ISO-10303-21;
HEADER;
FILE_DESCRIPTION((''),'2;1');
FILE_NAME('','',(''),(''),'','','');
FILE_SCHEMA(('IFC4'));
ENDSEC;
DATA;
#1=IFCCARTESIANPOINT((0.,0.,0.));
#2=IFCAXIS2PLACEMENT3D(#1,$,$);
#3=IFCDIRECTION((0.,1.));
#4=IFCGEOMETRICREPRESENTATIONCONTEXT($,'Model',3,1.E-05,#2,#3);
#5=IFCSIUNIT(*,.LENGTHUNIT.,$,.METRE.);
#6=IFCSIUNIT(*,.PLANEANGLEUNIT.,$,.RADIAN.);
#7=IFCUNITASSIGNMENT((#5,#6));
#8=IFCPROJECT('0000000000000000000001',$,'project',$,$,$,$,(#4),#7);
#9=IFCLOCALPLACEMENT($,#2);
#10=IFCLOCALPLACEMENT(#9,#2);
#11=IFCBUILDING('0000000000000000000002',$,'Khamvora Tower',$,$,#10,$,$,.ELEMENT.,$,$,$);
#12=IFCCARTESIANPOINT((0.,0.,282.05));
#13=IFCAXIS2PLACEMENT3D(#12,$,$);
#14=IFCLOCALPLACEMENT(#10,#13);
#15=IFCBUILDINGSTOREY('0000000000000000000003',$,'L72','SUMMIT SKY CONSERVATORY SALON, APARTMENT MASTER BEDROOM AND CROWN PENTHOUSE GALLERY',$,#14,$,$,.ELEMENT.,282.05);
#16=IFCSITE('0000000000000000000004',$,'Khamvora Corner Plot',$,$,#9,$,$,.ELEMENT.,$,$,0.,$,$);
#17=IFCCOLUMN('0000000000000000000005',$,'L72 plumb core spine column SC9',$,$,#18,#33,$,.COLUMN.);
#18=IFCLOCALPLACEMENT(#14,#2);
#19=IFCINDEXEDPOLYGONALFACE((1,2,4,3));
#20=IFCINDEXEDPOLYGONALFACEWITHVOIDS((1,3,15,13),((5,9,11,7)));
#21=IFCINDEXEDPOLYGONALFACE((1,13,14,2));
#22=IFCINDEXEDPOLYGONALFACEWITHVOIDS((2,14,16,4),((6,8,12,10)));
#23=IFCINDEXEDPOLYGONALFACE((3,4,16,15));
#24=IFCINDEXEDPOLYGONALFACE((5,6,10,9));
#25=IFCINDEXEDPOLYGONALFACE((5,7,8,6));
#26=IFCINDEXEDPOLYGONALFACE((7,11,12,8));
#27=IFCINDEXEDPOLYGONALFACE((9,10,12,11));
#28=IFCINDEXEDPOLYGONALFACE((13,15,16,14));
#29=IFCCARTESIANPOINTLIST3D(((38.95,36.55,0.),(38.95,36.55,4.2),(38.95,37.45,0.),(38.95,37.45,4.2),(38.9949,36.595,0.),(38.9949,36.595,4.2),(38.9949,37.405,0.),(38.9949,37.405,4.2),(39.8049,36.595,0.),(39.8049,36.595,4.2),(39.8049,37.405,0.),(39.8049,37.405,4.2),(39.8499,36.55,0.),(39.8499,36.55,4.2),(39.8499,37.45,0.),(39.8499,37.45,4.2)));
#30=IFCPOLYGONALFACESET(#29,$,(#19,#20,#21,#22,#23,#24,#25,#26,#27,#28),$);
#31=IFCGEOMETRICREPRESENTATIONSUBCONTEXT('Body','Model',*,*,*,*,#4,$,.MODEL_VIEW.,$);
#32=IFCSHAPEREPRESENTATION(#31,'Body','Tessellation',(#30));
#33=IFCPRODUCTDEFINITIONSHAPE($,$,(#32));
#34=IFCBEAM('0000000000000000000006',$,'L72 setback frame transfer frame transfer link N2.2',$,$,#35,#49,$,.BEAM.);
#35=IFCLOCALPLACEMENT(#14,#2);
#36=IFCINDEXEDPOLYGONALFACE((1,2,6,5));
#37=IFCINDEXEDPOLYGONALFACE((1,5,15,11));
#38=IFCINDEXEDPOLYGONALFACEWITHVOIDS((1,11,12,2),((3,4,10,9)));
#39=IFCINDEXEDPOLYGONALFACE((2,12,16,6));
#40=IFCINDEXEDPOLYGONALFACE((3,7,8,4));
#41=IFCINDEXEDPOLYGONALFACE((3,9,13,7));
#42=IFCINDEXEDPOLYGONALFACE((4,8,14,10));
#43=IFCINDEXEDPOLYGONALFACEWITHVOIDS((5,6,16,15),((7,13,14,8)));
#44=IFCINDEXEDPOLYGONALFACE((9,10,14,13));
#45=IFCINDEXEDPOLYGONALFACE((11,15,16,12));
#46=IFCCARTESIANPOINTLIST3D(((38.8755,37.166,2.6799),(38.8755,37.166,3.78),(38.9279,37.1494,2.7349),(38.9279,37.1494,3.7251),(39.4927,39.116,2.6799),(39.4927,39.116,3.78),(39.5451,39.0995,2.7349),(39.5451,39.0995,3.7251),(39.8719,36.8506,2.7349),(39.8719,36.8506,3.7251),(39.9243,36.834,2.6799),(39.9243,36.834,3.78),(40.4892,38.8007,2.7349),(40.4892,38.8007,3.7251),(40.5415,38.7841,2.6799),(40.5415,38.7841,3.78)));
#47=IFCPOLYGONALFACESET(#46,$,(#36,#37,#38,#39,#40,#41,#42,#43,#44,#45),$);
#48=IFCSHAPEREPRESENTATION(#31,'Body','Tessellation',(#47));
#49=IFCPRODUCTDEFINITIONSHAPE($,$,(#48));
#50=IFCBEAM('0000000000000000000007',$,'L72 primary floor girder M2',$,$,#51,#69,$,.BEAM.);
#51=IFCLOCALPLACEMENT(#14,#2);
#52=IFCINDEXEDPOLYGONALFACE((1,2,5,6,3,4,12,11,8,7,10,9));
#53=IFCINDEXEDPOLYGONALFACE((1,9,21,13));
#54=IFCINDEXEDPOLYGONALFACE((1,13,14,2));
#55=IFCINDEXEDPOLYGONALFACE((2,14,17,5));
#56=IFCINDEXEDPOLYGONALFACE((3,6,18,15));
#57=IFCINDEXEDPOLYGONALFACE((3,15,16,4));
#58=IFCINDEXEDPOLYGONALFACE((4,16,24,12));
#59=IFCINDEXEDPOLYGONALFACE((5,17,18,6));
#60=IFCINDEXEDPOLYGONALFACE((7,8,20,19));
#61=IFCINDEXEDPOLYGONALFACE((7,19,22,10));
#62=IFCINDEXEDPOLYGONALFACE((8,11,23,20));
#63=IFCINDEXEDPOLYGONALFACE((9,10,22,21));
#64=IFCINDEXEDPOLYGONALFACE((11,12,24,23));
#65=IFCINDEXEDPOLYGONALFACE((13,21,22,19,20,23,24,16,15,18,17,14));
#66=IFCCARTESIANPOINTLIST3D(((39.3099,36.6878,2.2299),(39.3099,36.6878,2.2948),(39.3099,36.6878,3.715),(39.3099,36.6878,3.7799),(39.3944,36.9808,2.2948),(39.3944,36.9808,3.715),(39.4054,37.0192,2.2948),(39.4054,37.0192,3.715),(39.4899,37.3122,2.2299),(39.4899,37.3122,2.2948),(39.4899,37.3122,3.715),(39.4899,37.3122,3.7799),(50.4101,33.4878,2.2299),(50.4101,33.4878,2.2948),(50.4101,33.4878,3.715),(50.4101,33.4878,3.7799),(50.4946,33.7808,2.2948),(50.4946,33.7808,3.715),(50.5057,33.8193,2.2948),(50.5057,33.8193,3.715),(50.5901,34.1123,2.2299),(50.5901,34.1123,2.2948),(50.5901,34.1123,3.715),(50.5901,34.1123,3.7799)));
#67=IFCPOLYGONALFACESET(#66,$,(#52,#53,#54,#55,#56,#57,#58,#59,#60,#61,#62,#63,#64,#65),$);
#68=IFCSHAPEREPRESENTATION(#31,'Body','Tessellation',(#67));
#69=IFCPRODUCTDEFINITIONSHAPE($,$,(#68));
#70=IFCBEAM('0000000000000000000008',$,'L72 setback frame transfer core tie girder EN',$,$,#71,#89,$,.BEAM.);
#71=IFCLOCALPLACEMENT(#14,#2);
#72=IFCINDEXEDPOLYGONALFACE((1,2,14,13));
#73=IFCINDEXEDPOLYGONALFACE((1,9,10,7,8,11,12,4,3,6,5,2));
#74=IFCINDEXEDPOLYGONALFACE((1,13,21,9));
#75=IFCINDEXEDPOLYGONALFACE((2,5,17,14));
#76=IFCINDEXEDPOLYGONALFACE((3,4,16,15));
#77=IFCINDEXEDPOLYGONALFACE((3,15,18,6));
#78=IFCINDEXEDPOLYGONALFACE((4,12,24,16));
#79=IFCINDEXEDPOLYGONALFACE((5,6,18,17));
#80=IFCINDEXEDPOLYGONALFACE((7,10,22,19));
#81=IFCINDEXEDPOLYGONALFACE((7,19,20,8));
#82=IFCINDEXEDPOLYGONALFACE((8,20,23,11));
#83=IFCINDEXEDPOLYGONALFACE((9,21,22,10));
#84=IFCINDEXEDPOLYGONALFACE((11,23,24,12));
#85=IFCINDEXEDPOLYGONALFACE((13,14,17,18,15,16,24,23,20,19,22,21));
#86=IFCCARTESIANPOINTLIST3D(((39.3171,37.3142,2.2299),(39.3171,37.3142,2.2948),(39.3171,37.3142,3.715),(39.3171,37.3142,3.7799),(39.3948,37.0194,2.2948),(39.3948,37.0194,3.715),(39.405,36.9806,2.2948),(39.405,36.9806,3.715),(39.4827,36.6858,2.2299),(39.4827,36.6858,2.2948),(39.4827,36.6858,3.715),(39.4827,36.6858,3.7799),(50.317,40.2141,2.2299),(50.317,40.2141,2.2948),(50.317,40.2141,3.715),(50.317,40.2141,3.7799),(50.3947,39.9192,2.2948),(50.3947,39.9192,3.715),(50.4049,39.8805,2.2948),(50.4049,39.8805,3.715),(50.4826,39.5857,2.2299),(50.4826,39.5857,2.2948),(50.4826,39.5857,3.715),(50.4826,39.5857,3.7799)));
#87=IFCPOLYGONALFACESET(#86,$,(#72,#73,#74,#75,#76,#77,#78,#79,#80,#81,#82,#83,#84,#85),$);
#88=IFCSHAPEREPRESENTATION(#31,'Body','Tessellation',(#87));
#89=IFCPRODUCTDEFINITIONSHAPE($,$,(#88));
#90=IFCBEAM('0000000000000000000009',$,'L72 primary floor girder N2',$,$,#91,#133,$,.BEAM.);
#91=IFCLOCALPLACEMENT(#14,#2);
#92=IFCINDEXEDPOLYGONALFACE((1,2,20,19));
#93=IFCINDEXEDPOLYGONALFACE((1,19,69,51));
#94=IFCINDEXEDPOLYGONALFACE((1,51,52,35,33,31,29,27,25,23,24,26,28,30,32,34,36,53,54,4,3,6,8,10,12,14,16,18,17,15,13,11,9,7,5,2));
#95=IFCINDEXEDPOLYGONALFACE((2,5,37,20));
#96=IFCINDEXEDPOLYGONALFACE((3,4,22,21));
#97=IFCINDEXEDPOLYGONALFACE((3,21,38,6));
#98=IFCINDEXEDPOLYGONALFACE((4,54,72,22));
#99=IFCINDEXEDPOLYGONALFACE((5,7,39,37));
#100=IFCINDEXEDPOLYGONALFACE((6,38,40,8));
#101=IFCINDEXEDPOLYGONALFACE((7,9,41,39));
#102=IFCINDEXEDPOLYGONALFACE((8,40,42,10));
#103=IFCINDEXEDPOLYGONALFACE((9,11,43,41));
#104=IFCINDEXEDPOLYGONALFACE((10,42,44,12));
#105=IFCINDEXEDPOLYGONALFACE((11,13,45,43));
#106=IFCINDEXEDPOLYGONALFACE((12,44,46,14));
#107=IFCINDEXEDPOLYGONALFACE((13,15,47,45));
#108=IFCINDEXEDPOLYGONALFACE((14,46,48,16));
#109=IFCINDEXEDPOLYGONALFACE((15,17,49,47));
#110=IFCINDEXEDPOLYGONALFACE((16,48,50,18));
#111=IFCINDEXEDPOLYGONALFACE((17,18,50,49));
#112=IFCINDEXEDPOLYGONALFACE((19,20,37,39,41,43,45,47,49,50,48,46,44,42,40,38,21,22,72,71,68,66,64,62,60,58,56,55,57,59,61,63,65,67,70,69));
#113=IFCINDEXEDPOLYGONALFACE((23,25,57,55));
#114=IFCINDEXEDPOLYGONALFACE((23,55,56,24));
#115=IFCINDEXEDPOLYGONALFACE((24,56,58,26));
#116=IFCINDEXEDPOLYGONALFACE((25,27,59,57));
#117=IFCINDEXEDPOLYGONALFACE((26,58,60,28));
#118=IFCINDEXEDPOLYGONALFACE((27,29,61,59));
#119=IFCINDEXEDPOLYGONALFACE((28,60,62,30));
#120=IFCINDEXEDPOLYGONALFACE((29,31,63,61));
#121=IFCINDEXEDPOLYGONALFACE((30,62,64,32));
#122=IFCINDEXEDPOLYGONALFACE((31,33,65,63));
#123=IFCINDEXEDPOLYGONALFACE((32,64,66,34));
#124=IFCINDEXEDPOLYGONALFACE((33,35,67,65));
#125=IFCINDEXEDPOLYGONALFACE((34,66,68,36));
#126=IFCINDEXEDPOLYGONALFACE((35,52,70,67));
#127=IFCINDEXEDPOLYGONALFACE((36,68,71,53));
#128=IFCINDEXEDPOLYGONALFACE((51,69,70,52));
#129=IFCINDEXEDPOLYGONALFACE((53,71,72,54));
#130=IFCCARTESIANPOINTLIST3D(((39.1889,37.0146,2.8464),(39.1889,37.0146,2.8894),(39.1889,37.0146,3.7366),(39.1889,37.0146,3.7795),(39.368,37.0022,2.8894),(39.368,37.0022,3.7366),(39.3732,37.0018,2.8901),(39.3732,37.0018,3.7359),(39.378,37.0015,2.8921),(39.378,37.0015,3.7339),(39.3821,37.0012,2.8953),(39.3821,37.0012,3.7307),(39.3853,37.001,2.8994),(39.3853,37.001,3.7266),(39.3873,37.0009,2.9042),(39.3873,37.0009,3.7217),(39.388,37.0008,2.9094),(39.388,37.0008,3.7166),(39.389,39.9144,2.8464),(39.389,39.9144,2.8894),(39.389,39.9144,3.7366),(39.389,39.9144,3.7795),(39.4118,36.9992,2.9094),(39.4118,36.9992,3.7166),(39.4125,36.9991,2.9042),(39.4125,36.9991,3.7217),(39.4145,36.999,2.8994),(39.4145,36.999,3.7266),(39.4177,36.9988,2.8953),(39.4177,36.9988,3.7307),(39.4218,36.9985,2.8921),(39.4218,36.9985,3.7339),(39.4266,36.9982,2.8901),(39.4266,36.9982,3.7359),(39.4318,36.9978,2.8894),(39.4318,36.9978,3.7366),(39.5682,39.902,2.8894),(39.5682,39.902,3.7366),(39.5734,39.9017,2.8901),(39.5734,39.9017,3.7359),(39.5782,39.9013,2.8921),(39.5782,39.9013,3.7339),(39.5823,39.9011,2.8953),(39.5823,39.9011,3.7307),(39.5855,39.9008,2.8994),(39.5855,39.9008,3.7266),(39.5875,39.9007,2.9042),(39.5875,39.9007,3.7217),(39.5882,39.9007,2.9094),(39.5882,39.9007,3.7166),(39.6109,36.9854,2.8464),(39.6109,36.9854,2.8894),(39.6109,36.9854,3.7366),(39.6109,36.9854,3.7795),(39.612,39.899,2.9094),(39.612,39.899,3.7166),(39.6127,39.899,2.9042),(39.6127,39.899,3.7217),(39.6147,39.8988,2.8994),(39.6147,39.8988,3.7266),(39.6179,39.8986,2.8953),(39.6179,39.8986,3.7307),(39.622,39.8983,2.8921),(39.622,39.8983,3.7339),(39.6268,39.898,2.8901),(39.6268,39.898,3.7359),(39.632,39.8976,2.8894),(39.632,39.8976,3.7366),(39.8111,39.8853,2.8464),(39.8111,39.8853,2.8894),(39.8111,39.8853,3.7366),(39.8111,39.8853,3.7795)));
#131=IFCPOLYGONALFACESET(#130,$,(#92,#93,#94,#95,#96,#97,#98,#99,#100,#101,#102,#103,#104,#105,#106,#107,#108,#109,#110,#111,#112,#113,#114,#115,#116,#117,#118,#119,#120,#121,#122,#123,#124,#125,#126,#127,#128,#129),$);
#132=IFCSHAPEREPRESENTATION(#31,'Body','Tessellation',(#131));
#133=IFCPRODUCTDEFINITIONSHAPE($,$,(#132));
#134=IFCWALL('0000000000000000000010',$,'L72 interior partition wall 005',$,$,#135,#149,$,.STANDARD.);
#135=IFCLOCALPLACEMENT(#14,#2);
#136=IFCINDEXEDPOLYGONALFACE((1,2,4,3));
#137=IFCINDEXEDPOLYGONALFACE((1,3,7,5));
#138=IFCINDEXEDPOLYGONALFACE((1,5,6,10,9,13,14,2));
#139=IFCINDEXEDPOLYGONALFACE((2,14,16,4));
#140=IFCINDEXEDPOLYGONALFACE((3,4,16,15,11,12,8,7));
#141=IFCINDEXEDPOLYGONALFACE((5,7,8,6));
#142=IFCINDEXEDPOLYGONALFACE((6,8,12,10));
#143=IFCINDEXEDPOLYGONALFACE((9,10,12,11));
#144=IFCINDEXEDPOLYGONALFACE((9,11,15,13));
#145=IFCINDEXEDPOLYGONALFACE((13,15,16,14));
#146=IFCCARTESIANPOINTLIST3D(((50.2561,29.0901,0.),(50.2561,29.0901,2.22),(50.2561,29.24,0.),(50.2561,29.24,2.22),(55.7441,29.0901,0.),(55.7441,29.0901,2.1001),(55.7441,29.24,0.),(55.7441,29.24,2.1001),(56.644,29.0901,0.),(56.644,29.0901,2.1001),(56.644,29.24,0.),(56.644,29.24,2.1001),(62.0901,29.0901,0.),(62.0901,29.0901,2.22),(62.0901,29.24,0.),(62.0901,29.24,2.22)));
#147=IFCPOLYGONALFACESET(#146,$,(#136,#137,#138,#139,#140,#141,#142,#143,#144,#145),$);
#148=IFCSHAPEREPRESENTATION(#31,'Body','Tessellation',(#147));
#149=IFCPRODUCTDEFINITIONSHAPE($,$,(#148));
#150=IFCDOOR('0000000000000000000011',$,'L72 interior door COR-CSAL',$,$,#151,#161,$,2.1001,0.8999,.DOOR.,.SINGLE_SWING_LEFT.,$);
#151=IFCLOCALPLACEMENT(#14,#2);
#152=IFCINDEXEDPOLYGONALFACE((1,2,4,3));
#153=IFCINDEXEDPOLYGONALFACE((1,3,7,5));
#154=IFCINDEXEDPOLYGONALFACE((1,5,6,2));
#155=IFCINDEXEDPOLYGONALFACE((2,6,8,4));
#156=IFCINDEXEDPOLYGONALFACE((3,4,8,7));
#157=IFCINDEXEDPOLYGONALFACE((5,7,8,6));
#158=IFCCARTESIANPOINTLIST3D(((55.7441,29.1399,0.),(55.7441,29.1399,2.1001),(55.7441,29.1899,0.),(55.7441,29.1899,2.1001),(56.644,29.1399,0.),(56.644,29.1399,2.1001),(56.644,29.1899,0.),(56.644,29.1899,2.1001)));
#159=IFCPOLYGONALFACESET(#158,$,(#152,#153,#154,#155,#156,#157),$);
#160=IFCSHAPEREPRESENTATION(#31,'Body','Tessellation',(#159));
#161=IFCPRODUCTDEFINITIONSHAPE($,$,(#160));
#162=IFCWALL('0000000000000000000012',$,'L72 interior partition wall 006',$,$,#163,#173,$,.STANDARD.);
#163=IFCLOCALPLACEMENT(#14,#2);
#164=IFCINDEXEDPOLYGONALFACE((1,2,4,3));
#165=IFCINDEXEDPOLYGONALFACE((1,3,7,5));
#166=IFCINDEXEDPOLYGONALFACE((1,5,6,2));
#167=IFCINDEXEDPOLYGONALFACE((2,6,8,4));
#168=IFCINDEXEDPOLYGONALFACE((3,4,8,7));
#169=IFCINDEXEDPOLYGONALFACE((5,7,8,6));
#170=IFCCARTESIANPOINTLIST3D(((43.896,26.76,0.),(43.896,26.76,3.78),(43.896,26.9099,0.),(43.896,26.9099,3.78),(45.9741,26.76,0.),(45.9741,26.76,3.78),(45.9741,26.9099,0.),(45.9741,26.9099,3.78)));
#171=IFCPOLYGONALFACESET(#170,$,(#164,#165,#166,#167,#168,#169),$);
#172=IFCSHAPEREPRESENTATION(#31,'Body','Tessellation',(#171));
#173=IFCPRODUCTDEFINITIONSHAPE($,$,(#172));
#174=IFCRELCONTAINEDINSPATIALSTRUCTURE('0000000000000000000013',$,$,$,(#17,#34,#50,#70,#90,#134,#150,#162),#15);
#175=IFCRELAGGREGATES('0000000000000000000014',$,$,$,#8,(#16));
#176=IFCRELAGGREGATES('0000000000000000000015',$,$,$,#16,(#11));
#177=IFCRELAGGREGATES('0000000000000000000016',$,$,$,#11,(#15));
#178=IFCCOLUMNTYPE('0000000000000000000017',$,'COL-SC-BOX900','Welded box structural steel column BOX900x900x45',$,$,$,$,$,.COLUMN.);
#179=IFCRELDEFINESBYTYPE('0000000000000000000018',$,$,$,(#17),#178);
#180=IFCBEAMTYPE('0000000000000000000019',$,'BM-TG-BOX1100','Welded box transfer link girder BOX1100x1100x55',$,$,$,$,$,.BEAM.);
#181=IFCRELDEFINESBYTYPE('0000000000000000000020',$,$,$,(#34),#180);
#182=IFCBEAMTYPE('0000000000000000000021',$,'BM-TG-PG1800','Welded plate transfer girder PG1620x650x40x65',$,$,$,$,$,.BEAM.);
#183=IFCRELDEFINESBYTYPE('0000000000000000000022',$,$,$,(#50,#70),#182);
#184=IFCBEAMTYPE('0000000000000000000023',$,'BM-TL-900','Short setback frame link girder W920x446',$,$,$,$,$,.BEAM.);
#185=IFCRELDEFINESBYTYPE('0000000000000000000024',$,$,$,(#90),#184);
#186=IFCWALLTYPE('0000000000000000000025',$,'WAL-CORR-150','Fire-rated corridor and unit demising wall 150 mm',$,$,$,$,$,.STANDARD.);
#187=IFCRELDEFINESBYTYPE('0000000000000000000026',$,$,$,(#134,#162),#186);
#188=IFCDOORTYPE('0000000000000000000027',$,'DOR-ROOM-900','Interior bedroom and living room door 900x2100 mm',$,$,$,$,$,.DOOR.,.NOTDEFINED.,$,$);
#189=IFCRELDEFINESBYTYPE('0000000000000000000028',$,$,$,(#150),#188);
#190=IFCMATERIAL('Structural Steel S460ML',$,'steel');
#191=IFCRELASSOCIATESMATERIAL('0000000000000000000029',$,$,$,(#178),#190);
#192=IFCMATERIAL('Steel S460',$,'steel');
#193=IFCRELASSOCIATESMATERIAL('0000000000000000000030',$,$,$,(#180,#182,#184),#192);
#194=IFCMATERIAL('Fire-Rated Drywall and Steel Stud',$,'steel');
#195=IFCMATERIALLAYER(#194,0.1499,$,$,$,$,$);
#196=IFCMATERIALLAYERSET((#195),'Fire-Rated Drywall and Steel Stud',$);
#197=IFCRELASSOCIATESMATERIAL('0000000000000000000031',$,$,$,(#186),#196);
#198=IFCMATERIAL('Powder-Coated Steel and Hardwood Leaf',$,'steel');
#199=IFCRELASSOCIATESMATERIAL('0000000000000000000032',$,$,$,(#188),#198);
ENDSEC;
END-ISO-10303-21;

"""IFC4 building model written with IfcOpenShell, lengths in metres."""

from ifc_helpers import new_model, si_unit, direction, frame, frame_2d, origin, origin_2d, place, context, subcontext, project, spatial, rectangle, hollow_rectangle, i_section, extrude, material, layer, layer_set, material_profile, profile_set, type_object, element, fill, save


model = new_model("IFC4")

# Units and contexts
model_context = context("Model", 3, precision=1e-05, world=origin(), true_north=direction((0.0, 1.0)))
body_context = subcontext(model_context, "Body", "Model", "MODEL_VIEW")
ifc_project = project(units=[si_unit("LENGTHUNIT", "METRE"), si_unit("PLANEANGLEUNIT", "RADIAN")], contexts=[model_context])

# Site, building, storey
site_placement = place(None, origin())
site = spatial("IfcSite", under=ifc_project, at=site_placement, Name="Khamvora Corner Plot", CompositionType="ELEMENT", RefElevation=0.0)
building_placement = place(site_placement, origin())
building = spatial("IfcBuilding", under=site, at=building_placement, Name="Khamvora Tower", CompositionType="ELEMENT")
storey_placement = place(building_placement, frame((0.0, 0.0, 282.05)))
storey = spatial("IfcBuildingStorey", under=building, at=storey_placement, Name="L72", Description="SUMMIT SKY CONSERVATORY SALON, APARTMENT MASTER BEDROOM AND CROWN PENTHOUSE GALLERY", CompositionType="ELEMENT", Elevation=282.05)

# Column
ifc_material_1 = material(Name="Structural Steel S460ML", Category="steel")
ifc_material_profile_1 = material_profile(ifc_material_1, hollow_rectangle(XDim=0.8999, YDim=0.8999, WallThickness=0.0449, at=origin_2d()), Name="BOX900x900x45")
ifc_profile_set_1 = profile_set([ifc_material_profile_1], Name="Structural Steel S460ML")
column_type = type_object("IfcColumnType", Name="COL-SC-BOX900", Description="Welded box structural steel column BOX900x900x45", PredefinedType="COLUMN", material=ifc_profile_set_1)
column_placement = place(storey_placement, frame((39.3999, 37.0, 0.0), z_axis=(0.0, 0.0, 1.0), x_axis=(1.0, 0.0, 0.0)))
element("IfcColumn", 1, at=column_placement, inside=storey, type_object=column_type, Name="L72 plumb core spine column SC9", PredefinedType="COLUMN", context=body_context, shape_type="SweptSolid", body=[
    extrude(hollow_rectangle(XDim=0.8999, YDim=0.8999, WallThickness=0.0449, at=origin_2d()), origin(), (0.0, 0.0, 1.0), 4.2),
])

# Beams
ifc_material_2 = material(Name="Steel S460", Category="steel")
ifc_material_profile_2 = material_profile(ifc_material_2, hollow_rectangle(XDim=1.1001, YDim=1.1001, WallThickness=0.0549, at=origin_2d()), Name="BOX1100x1100x55")
ifc_profile_set_2 = profile_set([ifc_material_profile_2], Name="Steel S460")
beam_type_1 = type_object("IfcBeamType", Name="BM-TG-BOX1100", Description="Welded box transfer link girder BOX1100x1100x55", PredefinedType="BEAM", material=ifc_profile_set_2)
beam_1_placement = place(storey_placement, frame((39.3999, 37.0, 3.23), z_axis=(0.30176, 0.953384, 0.0), x_axis=(-0.953384, 0.30176, 0.0)))
element("IfcBeam", 2, at=beam_1_placement, inside=storey, type_object=beam_type_1, Name="L72 setback frame transfer frame transfer link N2.2", PredefinedType="BEAM", context=body_context, shape_type="SweptSolid", body=[
    extrude(hollow_rectangle(XDim=1.1001, YDim=1.1001, WallThickness=0.0549, at=origin_2d()), origin(), (0.0, 0.0, 1.0), 2.0454),
])
ifc_material_profile_3 = material_profile(ifc_material_2, i_section(OverallWidth=0.6499, OverallDepth=1.55, WebThickness=0.04, FlangeThickness=0.0649, at=origin_2d()), Name="PG1550x650x40x65")
ifc_profile_set_3 = profile_set([ifc_material_profile_3], Name="Steel S460")
beam_type_2 = type_object("IfcBeamType", Name="BM-TG-PG1800", Description="Welded plate transfer girder PG1620x650x40x65", PredefinedType="BEAM", material=ifc_profile_set_3)
beam_2_placement = place(storey_placement, frame((39.3999, 37.0, 3.0049), z_axis=(0.96087, -0.277001, 0.0), x_axis=(0.277001, 0.96087, 0.0)))
element("IfcBeam", 3, at=beam_2_placement, inside=storey, type_object=beam_type_2, Name="L72 primary floor girder M2", PredefinedType="BEAM", context=body_context, shape_type="SweptSolid", body=[
    extrude(i_section(OverallWidth=0.6499, OverallDepth=1.55, WebThickness=0.04, FlangeThickness=0.0649, at=origin_2d()), origin(), (0.0, 0.0, 1.0), 11.5522),
])
beam_3_placement = place(storey_placement, frame((39.3999, 37.0, 3.0049), z_axis=(0.966963, 0.254918, 0.0), x_axis=(-0.254918, 0.966963, 0.0)))
element("IfcBeam", 4, at=beam_3_placement, inside=storey, type_object=beam_type_2, Name="L72 setback frame transfer core tie girder EN", PredefinedType="BEAM", context=body_context, shape_type="SweptSolid", body=[
    extrude(i_section(OverallWidth=0.6499, OverallDepth=1.55, WebThickness=0.04, FlangeThickness=0.0649, at=origin_2d()), origin(), (0.0, 0.0, 1.0), 11.3757),
])
ifc_material_profile_4 = material_profile(ifc_material_2, i_section(OverallWidth=0.4231, OverallDepth=0.9331, WebThickness=0.0239, FlangeThickness=0.043, FilletRadius=0.02, at=origin_2d()), Name="W920x446")
ifc_profile_set_4 = profile_set([ifc_material_profile_4], Name="Steel S460")
beam_type_3 = type_object("IfcBeamType", Name="BM-TL-900", Description="Short setback frame link girder W920x446", PredefinedType="BEAM", material=ifc_profile_set_4)
beam_4_placement = place(storey_placement, frame((39.3999, 37.0, 3.313), z_axis=(0.068871, 0.997626, 0.0), x_axis=(-0.997626, 0.068871, 0.0)))
element("IfcBeam", 5, at=beam_4_placement, inside=storey, type_object=beam_type_3, Name="L72 primary floor girder N2", PredefinedType="BEAM", context=body_context, shape_type="SweptSolid", body=[
    extrude(i_section(OverallWidth=0.4231, OverallDepth=0.9331, WebThickness=0.0239, FlangeThickness=0.043, FilletRadius=0.02, at=origin_2d()), origin(), (0.0, 0.0, 1.0), 2.9067),
])

# Wall, opening, door
ifc_material_3 = material(Name="Fire-Rated Drywall and Steel Stud", Category="steel")
ifc_layer_1 = layer(ifc_material_3, 0.1499)
ifc_layer_set_1 = layer_set([ifc_layer_1], Name="Fire-Rated Drywall and Steel Stud")
wall_type_1 = type_object("IfcWallType", Name="WAL-CORR-150", Description="Fire-rated corridor and unit demising wall 150 mm", PredefinedType="STANDARD", material=ifc_layer_set_1)
wall_1_placement = place(storey_placement, frame((50.2561, 29.165, 0.0), z_axis=(0.0, 0.0, 1.0), x_axis=(1.0, 0.0, 0.0)))
wall_1 = element("IfcWall", 6, at=wall_1_placement, inside=storey, type_object=wall_type_1, Name="L72 interior partition wall 005", PredefinedType="STANDARD", context=body_context, shape_type="SweptSolid", body=[
    extrude(rectangle(XDim=11.834, YDim=0.1499, at=frame_2d((5.917, 0.0))), origin(), (0.0, 0.0, 1.0), 2.22),
])
opening_1_placement = place(wall_1_placement, frame((5.488, 0.0, 0.0)))
opening_1 = element("IfcOpeningElement", 7, at=opening_1_placement, cuts=wall_1, PredefinedType="OPENING", context=body_context, shape_type="SweptSolid", body=[
    extrude(rectangle(XDim=0.8999, YDim=2.1001, at=frame_2d((0.45, 1.05))), frame((0.0, 0.085, 0.0), z_axis=(0.0, -1.0, 0.0), x_axis=(1.0, 0.0, 0.0)), (0.0, 0.0, 1.0), 0.1699),
])
ifc_material_4 = material(Name="Powder-Coated Steel and Hardwood Leaf", Category="steel")
door_type_1 = type_object("IfcDoorType", Name="DOR-ROOM-900", Description="Interior bedroom and living room door 900x2100 mm", OperationType="NOTDEFINED", PredefinedType="DOOR", material=ifc_material_4)
door_1_placement = place(opening_1_placement, origin())
door_1 = element("IfcDoor", 8, at=door_1_placement, inside=storey, type_object=door_type_1, Name="L72 interior door COR-CSAL", OperationType="SINGLE_SWING_LEFT", OverallHeight=2.1001, OverallWidth=0.8999, PredefinedType="DOOR", context=body_context, shape_type="SweptSolid", body=[
    extrude(rectangle(XDim=0.8999, YDim=2.1001, at=frame_2d((0.45, 1.05))), frame((0.0, 0.0249, 0.0), z_axis=(0.0, -1.0, 0.0), x_axis=(1.0, 0.0, 0.0)), (0.0, 0.0, 1.0), 0.05),
])
fill(opening_1, door_1)

# Wall
wall_2_placement = place(storey_placement, frame((45.9741, 26.835, 0.0), z_axis=(0.0, 0.0, 1.0), x_axis=(-1.0, 0.0, 0.0)))
element("IfcWall", 9, at=wall_2_placement, inside=storey, type_object=wall_type_1, Name="L72 interior partition wall 006", PredefinedType="STANDARD", context=body_context, shape_type="SweptSolid", body=[
    extrude(rectangle(XDim=2.0781, YDim=0.1499, at=frame_2d((1.0391, 0.0))), origin(), (0.0, 0.0, 1.0), 3.78),
])

save(model, "model.ifc")
